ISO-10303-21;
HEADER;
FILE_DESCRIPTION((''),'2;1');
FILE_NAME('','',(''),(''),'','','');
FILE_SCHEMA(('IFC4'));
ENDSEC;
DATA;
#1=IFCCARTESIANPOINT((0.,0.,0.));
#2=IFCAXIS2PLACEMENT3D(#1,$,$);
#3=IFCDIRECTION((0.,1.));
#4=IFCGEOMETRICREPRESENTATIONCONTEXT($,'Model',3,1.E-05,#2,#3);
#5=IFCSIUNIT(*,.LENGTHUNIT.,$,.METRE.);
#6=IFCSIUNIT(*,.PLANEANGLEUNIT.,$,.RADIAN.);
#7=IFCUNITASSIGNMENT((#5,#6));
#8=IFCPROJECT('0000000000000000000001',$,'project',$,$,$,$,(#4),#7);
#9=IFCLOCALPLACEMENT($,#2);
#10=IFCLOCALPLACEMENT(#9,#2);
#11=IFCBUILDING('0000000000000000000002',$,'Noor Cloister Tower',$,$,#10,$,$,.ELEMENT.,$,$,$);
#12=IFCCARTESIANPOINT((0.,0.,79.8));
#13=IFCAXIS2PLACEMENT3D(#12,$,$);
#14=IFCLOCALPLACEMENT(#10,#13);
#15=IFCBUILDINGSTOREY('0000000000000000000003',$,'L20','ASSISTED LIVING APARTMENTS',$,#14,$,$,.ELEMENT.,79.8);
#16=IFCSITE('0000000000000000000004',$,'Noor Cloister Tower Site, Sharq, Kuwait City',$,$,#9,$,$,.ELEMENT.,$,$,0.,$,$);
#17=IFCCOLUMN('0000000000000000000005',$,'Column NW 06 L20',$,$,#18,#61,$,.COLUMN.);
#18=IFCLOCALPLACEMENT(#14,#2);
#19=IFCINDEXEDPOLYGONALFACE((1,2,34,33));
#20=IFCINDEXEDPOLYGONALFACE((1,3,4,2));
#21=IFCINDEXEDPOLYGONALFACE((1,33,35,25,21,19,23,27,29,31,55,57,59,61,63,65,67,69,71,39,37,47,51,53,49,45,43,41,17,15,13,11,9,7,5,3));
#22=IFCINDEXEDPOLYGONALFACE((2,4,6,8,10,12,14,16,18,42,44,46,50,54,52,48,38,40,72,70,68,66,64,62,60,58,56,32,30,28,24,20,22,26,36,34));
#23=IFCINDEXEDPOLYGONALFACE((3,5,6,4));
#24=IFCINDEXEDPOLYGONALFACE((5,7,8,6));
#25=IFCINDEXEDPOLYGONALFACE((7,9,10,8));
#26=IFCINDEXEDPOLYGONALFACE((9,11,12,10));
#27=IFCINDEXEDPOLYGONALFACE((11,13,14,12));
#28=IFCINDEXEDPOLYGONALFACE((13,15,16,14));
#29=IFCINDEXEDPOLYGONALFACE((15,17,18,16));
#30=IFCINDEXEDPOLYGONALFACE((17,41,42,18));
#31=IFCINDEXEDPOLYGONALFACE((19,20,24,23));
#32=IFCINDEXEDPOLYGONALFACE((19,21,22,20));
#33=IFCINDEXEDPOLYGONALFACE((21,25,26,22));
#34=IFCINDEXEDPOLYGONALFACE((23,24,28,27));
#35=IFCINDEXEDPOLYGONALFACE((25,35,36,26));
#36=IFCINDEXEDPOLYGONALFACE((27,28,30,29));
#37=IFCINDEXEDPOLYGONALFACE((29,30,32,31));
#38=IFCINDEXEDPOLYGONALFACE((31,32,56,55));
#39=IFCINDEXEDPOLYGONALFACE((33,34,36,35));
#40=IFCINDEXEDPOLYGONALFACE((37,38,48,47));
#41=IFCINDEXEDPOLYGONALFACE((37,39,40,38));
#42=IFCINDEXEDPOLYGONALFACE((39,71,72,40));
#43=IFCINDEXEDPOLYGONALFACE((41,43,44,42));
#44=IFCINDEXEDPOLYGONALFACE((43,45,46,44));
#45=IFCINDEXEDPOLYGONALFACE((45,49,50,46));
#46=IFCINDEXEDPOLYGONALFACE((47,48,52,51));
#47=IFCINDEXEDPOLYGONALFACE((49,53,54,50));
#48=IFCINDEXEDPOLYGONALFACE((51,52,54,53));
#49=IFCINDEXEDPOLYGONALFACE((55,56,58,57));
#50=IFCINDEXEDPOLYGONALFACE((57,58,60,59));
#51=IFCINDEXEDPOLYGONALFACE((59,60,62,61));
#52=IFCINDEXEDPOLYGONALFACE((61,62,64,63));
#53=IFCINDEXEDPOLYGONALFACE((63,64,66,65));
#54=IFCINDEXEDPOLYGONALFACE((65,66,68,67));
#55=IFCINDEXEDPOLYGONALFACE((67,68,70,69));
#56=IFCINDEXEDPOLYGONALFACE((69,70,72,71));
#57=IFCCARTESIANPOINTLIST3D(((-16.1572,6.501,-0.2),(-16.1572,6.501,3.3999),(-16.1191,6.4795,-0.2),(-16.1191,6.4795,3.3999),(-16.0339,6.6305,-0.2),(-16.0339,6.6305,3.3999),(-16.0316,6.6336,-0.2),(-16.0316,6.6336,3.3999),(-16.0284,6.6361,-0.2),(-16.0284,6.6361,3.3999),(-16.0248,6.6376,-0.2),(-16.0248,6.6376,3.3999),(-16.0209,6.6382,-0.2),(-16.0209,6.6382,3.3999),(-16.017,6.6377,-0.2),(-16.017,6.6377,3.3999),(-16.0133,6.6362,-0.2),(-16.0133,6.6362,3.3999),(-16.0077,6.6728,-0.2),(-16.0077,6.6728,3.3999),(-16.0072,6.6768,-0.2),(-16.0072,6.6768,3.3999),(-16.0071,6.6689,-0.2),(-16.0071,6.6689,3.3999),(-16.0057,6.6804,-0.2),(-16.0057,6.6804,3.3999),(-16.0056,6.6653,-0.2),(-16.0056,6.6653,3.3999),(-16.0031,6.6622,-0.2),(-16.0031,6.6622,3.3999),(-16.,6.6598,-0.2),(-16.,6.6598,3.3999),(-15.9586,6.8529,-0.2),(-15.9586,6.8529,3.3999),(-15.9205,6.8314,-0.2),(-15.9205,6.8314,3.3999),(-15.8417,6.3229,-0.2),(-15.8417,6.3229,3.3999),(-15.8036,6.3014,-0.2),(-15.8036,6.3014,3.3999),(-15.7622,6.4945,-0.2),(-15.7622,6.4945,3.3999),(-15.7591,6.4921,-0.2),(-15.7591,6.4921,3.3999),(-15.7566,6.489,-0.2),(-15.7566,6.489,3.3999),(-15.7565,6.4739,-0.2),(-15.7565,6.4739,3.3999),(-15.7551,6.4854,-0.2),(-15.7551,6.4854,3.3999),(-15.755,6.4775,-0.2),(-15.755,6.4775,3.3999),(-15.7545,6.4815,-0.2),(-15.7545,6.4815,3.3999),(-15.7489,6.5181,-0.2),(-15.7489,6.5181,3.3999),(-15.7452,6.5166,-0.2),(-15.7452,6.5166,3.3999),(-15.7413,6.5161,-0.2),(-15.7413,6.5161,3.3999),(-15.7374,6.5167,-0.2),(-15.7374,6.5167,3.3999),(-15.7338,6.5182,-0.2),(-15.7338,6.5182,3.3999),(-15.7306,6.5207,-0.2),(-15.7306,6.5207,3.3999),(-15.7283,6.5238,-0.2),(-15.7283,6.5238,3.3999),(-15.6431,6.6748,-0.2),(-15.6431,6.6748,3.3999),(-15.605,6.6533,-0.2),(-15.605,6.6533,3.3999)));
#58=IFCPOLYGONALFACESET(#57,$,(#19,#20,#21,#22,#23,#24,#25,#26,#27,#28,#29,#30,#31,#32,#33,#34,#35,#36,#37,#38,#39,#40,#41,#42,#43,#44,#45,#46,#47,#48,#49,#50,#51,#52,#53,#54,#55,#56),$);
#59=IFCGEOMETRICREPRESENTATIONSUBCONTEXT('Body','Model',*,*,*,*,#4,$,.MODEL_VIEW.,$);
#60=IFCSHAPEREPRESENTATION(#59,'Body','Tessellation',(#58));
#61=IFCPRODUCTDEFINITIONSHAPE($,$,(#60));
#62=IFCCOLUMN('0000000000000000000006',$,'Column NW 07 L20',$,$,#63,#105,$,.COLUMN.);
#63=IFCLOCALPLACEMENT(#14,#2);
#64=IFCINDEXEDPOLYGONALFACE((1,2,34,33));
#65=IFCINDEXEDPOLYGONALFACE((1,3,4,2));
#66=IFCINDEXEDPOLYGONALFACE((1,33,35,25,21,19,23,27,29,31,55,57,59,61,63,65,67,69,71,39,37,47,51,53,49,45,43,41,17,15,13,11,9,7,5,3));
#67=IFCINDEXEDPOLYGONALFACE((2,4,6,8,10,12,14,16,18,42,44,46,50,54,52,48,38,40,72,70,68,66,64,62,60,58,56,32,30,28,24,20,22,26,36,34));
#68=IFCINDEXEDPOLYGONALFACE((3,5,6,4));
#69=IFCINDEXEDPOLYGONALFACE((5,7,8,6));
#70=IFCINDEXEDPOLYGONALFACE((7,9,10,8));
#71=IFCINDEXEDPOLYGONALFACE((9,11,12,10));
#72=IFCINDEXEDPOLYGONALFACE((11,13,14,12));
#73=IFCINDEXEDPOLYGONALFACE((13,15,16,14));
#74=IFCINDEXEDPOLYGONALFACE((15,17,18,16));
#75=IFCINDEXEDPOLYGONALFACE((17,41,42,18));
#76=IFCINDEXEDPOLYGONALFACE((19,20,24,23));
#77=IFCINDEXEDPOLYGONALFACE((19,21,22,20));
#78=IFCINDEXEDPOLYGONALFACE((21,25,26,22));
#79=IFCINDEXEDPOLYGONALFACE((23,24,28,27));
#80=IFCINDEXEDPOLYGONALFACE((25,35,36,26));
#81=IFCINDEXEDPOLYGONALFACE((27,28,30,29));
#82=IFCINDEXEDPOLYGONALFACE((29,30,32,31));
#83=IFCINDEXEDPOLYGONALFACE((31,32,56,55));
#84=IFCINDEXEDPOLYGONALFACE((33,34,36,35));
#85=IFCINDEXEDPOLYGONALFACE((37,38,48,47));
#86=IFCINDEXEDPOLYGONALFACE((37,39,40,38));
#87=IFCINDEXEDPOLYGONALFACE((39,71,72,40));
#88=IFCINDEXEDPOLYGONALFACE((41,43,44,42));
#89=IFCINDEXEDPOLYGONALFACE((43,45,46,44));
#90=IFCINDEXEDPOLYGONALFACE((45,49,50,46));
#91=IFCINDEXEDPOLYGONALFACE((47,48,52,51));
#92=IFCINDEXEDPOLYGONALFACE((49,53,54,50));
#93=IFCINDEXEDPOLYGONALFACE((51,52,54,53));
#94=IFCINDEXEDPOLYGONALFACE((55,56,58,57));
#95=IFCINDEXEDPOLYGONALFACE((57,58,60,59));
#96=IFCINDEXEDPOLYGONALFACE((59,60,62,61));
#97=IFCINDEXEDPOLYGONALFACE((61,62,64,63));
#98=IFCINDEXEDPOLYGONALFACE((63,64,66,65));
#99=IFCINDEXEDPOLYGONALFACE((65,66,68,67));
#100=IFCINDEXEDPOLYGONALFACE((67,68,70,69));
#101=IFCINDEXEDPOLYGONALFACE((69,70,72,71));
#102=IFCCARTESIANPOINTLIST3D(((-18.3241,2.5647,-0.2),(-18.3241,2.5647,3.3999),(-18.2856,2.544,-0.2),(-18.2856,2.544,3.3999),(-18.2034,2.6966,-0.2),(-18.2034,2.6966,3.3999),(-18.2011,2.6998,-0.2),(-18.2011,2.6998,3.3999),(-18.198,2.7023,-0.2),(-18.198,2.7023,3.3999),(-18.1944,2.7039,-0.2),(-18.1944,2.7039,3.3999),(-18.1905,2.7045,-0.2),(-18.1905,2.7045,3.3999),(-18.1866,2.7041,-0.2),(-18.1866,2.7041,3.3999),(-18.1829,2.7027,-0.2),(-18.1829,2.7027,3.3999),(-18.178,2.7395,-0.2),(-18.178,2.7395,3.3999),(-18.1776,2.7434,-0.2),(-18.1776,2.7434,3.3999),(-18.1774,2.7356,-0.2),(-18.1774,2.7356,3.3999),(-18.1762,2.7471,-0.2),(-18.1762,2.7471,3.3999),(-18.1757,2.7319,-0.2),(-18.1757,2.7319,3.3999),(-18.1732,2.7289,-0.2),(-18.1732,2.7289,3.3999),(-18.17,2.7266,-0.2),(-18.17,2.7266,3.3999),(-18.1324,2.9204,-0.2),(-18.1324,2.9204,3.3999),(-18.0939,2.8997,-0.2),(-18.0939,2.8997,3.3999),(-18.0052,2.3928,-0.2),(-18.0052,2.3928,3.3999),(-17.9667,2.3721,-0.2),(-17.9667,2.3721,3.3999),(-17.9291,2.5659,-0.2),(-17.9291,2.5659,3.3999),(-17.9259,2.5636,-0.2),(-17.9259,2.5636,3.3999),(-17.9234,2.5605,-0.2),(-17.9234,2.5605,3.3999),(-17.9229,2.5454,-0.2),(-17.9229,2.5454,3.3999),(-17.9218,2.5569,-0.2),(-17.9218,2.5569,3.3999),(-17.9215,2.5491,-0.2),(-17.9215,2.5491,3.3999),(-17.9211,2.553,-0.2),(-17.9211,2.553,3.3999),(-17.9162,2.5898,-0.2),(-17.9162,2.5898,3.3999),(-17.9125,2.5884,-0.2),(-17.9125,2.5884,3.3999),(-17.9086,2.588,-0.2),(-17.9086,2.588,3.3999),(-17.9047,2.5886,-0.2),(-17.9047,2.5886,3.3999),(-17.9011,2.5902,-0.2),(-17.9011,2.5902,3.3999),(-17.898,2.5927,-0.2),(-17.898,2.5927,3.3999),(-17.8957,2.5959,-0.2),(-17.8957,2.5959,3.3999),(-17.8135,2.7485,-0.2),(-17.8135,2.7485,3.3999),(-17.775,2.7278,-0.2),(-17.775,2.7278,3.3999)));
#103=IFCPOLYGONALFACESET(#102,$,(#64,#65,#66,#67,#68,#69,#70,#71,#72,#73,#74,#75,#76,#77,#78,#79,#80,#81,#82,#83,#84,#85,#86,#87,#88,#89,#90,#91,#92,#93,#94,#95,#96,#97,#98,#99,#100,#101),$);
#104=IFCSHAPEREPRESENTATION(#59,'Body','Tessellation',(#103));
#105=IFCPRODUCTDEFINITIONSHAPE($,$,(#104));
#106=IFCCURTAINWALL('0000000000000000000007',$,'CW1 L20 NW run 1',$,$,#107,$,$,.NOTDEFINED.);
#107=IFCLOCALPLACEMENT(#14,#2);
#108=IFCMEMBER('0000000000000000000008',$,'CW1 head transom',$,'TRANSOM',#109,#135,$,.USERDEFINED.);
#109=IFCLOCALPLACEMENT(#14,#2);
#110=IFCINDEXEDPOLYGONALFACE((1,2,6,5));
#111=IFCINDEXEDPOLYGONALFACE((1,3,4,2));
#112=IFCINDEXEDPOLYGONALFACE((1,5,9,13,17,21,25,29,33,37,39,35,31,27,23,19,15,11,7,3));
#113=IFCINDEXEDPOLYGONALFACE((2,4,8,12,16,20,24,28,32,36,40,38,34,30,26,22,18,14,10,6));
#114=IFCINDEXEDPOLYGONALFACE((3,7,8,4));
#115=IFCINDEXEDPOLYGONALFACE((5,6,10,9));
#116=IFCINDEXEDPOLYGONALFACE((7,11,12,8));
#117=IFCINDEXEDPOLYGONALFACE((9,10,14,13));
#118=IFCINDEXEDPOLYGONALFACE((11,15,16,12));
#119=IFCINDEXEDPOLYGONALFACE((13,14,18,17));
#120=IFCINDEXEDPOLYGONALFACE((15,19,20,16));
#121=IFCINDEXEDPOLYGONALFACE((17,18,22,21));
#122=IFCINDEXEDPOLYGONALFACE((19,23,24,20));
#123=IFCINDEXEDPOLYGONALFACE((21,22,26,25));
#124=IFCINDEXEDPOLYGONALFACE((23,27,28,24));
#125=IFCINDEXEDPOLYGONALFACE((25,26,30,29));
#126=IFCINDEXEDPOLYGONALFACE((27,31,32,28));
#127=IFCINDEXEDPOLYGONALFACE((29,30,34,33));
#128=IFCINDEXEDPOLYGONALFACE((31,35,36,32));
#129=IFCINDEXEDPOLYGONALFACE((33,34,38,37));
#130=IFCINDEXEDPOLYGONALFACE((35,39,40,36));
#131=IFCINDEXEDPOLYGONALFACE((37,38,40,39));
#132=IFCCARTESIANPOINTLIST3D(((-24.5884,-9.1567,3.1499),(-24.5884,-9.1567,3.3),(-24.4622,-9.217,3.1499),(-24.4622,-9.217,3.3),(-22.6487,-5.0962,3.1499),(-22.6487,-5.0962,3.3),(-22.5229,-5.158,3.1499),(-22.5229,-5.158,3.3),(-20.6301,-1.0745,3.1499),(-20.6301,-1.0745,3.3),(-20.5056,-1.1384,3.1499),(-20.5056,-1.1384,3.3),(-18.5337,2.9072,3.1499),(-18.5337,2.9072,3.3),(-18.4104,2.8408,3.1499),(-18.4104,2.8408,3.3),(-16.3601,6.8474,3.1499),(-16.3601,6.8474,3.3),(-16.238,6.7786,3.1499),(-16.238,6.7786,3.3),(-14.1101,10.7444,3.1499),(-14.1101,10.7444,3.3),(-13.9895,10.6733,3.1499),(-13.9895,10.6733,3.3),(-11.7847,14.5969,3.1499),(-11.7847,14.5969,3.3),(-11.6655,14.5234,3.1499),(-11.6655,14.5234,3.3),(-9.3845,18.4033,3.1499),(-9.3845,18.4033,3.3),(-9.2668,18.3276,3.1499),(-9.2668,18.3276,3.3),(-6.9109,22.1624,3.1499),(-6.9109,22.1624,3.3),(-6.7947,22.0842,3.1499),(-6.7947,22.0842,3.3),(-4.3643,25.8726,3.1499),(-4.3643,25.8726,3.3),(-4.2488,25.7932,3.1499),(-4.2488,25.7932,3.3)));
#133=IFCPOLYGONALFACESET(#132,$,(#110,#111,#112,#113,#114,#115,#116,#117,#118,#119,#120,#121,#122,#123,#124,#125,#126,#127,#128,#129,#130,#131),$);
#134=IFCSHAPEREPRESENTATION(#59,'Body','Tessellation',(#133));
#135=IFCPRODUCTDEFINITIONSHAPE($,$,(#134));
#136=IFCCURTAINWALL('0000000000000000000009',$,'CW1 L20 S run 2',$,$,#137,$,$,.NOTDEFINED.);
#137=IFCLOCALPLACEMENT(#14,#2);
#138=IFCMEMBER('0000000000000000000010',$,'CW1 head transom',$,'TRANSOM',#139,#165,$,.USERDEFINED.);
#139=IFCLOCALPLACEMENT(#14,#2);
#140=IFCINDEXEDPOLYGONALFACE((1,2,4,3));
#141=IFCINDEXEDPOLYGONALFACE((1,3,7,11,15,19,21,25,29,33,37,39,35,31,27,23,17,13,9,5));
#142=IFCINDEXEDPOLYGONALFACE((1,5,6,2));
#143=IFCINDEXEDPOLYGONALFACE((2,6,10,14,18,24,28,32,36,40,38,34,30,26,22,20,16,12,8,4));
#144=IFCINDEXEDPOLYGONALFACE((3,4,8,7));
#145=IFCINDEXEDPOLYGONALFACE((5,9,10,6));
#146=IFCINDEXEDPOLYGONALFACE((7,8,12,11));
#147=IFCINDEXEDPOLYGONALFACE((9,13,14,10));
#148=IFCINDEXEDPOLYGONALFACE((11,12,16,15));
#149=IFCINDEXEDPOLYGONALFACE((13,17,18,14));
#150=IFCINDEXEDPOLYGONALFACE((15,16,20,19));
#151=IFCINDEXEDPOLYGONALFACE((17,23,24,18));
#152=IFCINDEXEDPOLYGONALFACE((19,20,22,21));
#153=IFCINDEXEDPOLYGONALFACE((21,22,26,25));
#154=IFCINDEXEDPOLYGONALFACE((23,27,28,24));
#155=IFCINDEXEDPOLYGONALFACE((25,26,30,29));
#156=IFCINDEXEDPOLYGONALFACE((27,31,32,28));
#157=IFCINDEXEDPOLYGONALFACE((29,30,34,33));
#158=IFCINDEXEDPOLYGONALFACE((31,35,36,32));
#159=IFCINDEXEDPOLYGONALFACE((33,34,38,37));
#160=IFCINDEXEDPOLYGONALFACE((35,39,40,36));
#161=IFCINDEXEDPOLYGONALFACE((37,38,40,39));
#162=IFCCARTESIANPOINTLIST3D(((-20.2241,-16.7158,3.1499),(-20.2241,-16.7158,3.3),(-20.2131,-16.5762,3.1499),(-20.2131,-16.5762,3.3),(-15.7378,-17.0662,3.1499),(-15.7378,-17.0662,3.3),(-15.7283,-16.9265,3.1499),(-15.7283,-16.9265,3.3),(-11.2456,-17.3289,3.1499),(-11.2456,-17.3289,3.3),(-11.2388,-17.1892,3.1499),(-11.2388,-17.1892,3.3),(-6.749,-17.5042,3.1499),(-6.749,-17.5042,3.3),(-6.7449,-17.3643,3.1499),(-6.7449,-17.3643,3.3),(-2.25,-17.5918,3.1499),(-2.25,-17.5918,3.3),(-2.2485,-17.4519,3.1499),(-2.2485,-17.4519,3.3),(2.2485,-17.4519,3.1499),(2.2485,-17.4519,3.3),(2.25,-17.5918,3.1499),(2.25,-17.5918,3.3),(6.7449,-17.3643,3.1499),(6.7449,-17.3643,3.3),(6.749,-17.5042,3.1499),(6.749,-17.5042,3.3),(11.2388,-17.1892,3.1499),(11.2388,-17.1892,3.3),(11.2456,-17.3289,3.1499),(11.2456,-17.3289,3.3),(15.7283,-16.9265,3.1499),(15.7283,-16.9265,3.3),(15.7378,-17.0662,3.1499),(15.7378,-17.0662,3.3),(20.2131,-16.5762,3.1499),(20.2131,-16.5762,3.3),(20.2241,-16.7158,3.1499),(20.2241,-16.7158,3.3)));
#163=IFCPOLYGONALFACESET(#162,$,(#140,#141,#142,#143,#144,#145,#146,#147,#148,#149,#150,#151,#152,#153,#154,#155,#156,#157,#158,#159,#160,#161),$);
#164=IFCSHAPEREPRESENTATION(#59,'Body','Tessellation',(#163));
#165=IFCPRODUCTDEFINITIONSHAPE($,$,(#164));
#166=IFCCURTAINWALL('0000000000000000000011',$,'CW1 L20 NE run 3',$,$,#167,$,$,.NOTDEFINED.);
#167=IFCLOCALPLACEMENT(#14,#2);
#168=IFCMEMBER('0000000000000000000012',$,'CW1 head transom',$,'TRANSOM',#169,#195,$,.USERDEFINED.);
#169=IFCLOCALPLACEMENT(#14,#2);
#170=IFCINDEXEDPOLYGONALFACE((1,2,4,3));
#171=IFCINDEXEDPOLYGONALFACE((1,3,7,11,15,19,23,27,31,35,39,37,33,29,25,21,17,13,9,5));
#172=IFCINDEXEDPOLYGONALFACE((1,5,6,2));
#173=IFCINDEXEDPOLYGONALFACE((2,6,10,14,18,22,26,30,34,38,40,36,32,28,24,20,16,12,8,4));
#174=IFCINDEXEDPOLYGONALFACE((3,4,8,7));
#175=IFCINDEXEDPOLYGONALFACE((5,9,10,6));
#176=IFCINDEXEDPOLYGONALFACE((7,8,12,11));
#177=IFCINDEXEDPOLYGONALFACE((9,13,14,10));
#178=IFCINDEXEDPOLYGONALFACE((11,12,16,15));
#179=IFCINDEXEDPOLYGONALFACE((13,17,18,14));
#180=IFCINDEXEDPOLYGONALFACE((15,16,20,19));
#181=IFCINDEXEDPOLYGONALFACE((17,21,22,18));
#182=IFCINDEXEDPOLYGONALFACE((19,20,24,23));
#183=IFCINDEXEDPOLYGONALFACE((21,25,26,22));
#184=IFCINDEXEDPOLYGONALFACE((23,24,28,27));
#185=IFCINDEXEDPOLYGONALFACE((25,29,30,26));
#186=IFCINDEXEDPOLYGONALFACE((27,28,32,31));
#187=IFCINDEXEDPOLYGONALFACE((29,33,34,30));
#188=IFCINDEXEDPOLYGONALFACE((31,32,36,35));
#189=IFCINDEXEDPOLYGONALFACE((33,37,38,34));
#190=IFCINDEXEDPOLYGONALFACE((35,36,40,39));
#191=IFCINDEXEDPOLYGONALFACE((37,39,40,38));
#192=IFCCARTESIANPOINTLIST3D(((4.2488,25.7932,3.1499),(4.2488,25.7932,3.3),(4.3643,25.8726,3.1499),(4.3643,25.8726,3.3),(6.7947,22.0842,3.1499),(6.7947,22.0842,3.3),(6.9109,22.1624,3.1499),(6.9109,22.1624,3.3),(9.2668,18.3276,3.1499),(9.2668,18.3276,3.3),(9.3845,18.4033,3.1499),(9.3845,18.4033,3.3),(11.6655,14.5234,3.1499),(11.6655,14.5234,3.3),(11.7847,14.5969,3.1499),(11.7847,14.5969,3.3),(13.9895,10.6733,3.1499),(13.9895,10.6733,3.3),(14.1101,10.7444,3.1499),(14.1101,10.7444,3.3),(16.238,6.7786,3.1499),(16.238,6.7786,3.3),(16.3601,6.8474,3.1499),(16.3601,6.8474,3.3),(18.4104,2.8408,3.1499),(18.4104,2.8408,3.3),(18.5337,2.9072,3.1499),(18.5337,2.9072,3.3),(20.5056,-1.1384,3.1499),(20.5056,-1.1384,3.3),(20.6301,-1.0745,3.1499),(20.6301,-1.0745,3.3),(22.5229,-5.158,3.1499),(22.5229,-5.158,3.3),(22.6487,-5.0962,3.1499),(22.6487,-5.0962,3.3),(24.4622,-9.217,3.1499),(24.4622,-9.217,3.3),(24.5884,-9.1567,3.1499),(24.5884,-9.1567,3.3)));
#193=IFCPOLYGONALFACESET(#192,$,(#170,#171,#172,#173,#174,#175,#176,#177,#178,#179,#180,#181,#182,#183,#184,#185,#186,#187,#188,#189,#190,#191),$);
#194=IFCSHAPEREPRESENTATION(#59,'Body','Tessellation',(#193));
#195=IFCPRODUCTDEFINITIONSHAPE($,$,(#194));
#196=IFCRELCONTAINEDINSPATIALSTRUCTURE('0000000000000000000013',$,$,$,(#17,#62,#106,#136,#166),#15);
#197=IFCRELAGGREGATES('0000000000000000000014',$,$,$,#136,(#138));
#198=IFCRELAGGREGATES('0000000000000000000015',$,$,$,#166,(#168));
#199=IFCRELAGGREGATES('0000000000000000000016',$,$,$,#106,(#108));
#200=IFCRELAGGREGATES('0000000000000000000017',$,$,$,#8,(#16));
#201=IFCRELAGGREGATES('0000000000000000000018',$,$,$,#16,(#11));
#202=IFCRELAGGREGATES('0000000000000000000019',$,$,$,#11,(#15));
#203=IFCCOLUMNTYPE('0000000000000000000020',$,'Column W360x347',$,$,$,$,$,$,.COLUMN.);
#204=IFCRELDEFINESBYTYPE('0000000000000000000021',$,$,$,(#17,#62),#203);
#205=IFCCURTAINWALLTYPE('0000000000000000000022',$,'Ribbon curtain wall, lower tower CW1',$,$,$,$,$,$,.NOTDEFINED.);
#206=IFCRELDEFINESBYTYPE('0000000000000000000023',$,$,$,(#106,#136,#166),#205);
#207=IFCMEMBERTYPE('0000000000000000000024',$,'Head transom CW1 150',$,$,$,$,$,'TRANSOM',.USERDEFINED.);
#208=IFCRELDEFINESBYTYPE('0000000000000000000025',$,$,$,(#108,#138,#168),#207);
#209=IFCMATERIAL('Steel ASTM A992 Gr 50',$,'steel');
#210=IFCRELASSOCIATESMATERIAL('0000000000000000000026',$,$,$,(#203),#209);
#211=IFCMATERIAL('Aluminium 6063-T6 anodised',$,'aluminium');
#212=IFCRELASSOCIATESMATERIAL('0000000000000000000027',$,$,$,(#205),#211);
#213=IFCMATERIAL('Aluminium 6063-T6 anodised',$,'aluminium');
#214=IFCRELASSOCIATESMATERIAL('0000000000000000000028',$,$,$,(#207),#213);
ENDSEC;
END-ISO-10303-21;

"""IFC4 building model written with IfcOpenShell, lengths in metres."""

from ifc_helpers import new_model, si_unit, direction, frame, origin, origin_2d, place, context, subcontext, project, spatial, polyline, i_section, outline, extrude, material, material_profile, profile_set, type_object, element, aggregate, save


model = new_model("IFC4")

# Units and contexts
model_context = context("Model", 3, precision=1e-05, world=origin(), true_north=direction((0.0, 1.0)))
body_context = subcontext(model_context, "Body", "Model", "MODEL_VIEW")
ifc_project = project(units=[si_unit("LENGTHUNIT", "METRE"), si_unit("PLANEANGLEUNIT", "RADIAN")], contexts=[model_context])

# Site, building, storey
site_placement = place(None, origin())
site = spatial("IfcSite", under=ifc_project, at=site_placement, Name="Noor Cloister Tower Site, Sharq, Kuwait City", CompositionType="ELEMENT", RefElevation=0.0)
building_placement = place(site_placement, origin())
building = spatial("IfcBuilding", under=site, at=building_placement, Name="Noor Cloister Tower", CompositionType="ELEMENT")
storey_placement = place(building_placement, frame((0.0, 0.0, 79.8)))
storey = spatial("IfcBuildingStorey", under=building, at=storey_placement, Name="L20", Description="ASSISTED LIVING APARTMENTS", CompositionType="ELEMENT", Elevation=79.8)

# Columns
ifc_material_1 = material(Name="Steel ASTM A992 Gr 50", Category="steel")
ifc_material_profile_1 = material_profile(ifc_material_1, i_section(OverallWidth=0.4041, OverallDepth=0.406, WebThickness=0.0271, FlangeThickness=0.0437, FilletRadius=0.0151, at=origin_2d()), Name="W360x347")
ifc_profile_set_1 = profile_set([ifc_material_profile_1], Name="Steel ASTM A992 Gr 50")
column_type = type_object("IfcColumnType", Name="Column W360x347", PredefinedType="COLUMN", material=ifc_profile_set_1)
for number, where, z_axis, x_axis, name in (
    (1, (-15.8811, 6.5771, -0.2), (0.0, 0.0, 1.0), (-0.491541, -0.870854, 0.0), "Column NW 06 L20"),
    (2, (-18.0496, 2.6462, -0.2), (0.0, 0.0, 1.0), (-0.474485, -0.880264, 0.0), "Column NW 07 L20"),
):
    element("IfcColumn", number, at=place(storey_placement, frame(where, z_axis=z_axis, x_axis=x_axis)), inside=storey, type_object=column_type, Name=name, PredefinedType="COLUMN", context=body_context, shape_type="SweptSolid", body=[
        extrude(i_section(OverallWidth=0.4041, OverallDepth=0.406, WebThickness=0.0271, FlangeThickness=0.0437, FilletRadius=0.0151, at=origin_2d()), origin(), (0.0, 0.0, 1.0), 3.5999),
    ])

# Curtain walls, members
ifc_material_2 = material(Name="Aluminium 6063-T6 anodised", Category="aluminium")
curtain_wall_type = type_object("IfcCurtainWallType", Name="Ribbon curtain wall, lower tower CW1", PredefinedType="NOTDEFINED", material=ifc_material_2)
curtain_wall_1_placement = place(storey_placement, origin())
curtain_wall_1 = element("IfcCurtainWall", 3, at=curtain_wall_1_placement, inside=storey, type_object=curtain_wall_type, Name="CW1 L20 NW run 1", PredefinedType="NOTDEFINED")
ifc_material_3 = material(Name="Aluminium 6063-T6 anodised", Category="aluminium")
member_type_1 = type_object("IfcMemberType", Name="Head transom CW1 150", ElementType="TRANSOM", PredefinedType="USERDEFINED", material=ifc_material_3)
member_1_placement = place(storey_placement, frame((0.0, 0.0, 3.1499)))
member_1 = element("IfcMember", 4, at=member_1_placement, type_object=member_type_1, Name="CW1 head transom", ObjectType="TRANSOM", PredefinedType="USERDEFINED", context=body_context, shape_type="SweptSolid", body=[
    extrude(outline(polyline([(-4.3643, 25.8726), (-6.9109, 22.1624), (-9.3845, 18.4033), (-11.7847, 14.5969), (-14.1101, 10.7444), (-16.3601, 6.8474), (-18.5337, 2.9072), (-20.6301, -1.0745), (-22.6487, -5.0962), (-24.5884, -9.1567), (-24.4622, -9.217), (-22.5229, -5.158), (-20.5056, -1.1384), (-18.4104, 2.8408), (-16.238, 6.7786), (-13.9895, 10.6733), (-11.6655, 14.5234), (-9.2668, 18.3276), (-6.7947, 22.0842), (-4.2488, 25.7932), (-4.3643, 25.8726)])), origin(), (0.0, 0.0, 1.0), 0.1501),
])
curtain_wall_2_placement = place(storey_placement, origin())
curtain_wall_2 = element("IfcCurtainWall", 5, at=curtain_wall_2_placement, inside=storey, type_object=curtain_wall_type, Name="CW1 L20 S run 2", PredefinedType="NOTDEFINED")
member_2_placement = place(storey_placement, frame((0.0, 0.0, 3.1499)))
member_2 = element("IfcMember", 6, at=member_2_placement, type_object=member_type_1, Name="CW1 head transom", ObjectType="TRANSOM", PredefinedType="USERDEFINED", context=body_context, shape_type="SweptSolid", body=[
    extrude(outline(polyline([(-20.2241, -16.7158), (-15.7378, -17.0662), (-11.2456, -17.3289), (-6.749, -17.5042), (-2.25, -17.5918), (2.25, -17.5918), (6.749, -17.5042), (11.2456, -17.3289), (15.7378, -17.0662), (20.2241, -16.7158), (20.2131, -16.5762), (15.7283, -16.9265), (11.2388, -17.1892), (6.7449, -17.3643), (2.2485, -17.4519), (-2.2485, -17.4519), (-6.7449, -17.3643), (-11.2388, -17.1892), (-15.7283, -16.9265), (-20.2131, -16.5762), (-20.2241, -16.7158)])), origin(), (0.0, 0.0, 1.0), 0.1501),
])
curtain_wall_3_placement = place(storey_placement, origin())
curtain_wall_3 = element("IfcCurtainWall", 7, at=curtain_wall_3_placement, inside=storey, type_object=curtain_wall_type, Name="CW1 L20 NE run 3", PredefinedType="NOTDEFINED")
member_3_placement = place(storey_placement, frame((0.0, 0.0, 3.1499)))
member_3 = element("IfcMember", 8, at=member_3_placement, type_object=member_type_1, Name="CW1 head transom", ObjectType="TRANSOM", PredefinedType="USERDEFINED", context=body_context, shape_type="SweptSolid", body=[
    extrude(outline(polyline([(24.5884, -9.1567), (22.6487, -5.0962), (20.6301, -1.0745), (18.5337, 2.9072), (16.3601, 6.8474), (14.1101, 10.7444), (11.7847, 14.5969), (9.3845, 18.4033), (6.9109, 22.1624), (4.3643, 25.8726), (4.2488, 25.7932), (6.7947, 22.0842), (9.2668, 18.3276), (11.6655, 14.5234), (13.9895, 10.6733), (16.238, 6.7786), (18.4104, 2.8408), (20.5056, -1.1384), (22.5229, -5.158), (24.4622, -9.217), (24.5884, -9.1567)])), origin(), (0.0, 0.0, 1.0), 0.1501),
])

aggregate(curtain_wall_2, [member_2])
aggregate(curtain_wall_3, [member_3])

aggregate(curtain_wall_1, [member_1])

save(model, "model.ifc")
